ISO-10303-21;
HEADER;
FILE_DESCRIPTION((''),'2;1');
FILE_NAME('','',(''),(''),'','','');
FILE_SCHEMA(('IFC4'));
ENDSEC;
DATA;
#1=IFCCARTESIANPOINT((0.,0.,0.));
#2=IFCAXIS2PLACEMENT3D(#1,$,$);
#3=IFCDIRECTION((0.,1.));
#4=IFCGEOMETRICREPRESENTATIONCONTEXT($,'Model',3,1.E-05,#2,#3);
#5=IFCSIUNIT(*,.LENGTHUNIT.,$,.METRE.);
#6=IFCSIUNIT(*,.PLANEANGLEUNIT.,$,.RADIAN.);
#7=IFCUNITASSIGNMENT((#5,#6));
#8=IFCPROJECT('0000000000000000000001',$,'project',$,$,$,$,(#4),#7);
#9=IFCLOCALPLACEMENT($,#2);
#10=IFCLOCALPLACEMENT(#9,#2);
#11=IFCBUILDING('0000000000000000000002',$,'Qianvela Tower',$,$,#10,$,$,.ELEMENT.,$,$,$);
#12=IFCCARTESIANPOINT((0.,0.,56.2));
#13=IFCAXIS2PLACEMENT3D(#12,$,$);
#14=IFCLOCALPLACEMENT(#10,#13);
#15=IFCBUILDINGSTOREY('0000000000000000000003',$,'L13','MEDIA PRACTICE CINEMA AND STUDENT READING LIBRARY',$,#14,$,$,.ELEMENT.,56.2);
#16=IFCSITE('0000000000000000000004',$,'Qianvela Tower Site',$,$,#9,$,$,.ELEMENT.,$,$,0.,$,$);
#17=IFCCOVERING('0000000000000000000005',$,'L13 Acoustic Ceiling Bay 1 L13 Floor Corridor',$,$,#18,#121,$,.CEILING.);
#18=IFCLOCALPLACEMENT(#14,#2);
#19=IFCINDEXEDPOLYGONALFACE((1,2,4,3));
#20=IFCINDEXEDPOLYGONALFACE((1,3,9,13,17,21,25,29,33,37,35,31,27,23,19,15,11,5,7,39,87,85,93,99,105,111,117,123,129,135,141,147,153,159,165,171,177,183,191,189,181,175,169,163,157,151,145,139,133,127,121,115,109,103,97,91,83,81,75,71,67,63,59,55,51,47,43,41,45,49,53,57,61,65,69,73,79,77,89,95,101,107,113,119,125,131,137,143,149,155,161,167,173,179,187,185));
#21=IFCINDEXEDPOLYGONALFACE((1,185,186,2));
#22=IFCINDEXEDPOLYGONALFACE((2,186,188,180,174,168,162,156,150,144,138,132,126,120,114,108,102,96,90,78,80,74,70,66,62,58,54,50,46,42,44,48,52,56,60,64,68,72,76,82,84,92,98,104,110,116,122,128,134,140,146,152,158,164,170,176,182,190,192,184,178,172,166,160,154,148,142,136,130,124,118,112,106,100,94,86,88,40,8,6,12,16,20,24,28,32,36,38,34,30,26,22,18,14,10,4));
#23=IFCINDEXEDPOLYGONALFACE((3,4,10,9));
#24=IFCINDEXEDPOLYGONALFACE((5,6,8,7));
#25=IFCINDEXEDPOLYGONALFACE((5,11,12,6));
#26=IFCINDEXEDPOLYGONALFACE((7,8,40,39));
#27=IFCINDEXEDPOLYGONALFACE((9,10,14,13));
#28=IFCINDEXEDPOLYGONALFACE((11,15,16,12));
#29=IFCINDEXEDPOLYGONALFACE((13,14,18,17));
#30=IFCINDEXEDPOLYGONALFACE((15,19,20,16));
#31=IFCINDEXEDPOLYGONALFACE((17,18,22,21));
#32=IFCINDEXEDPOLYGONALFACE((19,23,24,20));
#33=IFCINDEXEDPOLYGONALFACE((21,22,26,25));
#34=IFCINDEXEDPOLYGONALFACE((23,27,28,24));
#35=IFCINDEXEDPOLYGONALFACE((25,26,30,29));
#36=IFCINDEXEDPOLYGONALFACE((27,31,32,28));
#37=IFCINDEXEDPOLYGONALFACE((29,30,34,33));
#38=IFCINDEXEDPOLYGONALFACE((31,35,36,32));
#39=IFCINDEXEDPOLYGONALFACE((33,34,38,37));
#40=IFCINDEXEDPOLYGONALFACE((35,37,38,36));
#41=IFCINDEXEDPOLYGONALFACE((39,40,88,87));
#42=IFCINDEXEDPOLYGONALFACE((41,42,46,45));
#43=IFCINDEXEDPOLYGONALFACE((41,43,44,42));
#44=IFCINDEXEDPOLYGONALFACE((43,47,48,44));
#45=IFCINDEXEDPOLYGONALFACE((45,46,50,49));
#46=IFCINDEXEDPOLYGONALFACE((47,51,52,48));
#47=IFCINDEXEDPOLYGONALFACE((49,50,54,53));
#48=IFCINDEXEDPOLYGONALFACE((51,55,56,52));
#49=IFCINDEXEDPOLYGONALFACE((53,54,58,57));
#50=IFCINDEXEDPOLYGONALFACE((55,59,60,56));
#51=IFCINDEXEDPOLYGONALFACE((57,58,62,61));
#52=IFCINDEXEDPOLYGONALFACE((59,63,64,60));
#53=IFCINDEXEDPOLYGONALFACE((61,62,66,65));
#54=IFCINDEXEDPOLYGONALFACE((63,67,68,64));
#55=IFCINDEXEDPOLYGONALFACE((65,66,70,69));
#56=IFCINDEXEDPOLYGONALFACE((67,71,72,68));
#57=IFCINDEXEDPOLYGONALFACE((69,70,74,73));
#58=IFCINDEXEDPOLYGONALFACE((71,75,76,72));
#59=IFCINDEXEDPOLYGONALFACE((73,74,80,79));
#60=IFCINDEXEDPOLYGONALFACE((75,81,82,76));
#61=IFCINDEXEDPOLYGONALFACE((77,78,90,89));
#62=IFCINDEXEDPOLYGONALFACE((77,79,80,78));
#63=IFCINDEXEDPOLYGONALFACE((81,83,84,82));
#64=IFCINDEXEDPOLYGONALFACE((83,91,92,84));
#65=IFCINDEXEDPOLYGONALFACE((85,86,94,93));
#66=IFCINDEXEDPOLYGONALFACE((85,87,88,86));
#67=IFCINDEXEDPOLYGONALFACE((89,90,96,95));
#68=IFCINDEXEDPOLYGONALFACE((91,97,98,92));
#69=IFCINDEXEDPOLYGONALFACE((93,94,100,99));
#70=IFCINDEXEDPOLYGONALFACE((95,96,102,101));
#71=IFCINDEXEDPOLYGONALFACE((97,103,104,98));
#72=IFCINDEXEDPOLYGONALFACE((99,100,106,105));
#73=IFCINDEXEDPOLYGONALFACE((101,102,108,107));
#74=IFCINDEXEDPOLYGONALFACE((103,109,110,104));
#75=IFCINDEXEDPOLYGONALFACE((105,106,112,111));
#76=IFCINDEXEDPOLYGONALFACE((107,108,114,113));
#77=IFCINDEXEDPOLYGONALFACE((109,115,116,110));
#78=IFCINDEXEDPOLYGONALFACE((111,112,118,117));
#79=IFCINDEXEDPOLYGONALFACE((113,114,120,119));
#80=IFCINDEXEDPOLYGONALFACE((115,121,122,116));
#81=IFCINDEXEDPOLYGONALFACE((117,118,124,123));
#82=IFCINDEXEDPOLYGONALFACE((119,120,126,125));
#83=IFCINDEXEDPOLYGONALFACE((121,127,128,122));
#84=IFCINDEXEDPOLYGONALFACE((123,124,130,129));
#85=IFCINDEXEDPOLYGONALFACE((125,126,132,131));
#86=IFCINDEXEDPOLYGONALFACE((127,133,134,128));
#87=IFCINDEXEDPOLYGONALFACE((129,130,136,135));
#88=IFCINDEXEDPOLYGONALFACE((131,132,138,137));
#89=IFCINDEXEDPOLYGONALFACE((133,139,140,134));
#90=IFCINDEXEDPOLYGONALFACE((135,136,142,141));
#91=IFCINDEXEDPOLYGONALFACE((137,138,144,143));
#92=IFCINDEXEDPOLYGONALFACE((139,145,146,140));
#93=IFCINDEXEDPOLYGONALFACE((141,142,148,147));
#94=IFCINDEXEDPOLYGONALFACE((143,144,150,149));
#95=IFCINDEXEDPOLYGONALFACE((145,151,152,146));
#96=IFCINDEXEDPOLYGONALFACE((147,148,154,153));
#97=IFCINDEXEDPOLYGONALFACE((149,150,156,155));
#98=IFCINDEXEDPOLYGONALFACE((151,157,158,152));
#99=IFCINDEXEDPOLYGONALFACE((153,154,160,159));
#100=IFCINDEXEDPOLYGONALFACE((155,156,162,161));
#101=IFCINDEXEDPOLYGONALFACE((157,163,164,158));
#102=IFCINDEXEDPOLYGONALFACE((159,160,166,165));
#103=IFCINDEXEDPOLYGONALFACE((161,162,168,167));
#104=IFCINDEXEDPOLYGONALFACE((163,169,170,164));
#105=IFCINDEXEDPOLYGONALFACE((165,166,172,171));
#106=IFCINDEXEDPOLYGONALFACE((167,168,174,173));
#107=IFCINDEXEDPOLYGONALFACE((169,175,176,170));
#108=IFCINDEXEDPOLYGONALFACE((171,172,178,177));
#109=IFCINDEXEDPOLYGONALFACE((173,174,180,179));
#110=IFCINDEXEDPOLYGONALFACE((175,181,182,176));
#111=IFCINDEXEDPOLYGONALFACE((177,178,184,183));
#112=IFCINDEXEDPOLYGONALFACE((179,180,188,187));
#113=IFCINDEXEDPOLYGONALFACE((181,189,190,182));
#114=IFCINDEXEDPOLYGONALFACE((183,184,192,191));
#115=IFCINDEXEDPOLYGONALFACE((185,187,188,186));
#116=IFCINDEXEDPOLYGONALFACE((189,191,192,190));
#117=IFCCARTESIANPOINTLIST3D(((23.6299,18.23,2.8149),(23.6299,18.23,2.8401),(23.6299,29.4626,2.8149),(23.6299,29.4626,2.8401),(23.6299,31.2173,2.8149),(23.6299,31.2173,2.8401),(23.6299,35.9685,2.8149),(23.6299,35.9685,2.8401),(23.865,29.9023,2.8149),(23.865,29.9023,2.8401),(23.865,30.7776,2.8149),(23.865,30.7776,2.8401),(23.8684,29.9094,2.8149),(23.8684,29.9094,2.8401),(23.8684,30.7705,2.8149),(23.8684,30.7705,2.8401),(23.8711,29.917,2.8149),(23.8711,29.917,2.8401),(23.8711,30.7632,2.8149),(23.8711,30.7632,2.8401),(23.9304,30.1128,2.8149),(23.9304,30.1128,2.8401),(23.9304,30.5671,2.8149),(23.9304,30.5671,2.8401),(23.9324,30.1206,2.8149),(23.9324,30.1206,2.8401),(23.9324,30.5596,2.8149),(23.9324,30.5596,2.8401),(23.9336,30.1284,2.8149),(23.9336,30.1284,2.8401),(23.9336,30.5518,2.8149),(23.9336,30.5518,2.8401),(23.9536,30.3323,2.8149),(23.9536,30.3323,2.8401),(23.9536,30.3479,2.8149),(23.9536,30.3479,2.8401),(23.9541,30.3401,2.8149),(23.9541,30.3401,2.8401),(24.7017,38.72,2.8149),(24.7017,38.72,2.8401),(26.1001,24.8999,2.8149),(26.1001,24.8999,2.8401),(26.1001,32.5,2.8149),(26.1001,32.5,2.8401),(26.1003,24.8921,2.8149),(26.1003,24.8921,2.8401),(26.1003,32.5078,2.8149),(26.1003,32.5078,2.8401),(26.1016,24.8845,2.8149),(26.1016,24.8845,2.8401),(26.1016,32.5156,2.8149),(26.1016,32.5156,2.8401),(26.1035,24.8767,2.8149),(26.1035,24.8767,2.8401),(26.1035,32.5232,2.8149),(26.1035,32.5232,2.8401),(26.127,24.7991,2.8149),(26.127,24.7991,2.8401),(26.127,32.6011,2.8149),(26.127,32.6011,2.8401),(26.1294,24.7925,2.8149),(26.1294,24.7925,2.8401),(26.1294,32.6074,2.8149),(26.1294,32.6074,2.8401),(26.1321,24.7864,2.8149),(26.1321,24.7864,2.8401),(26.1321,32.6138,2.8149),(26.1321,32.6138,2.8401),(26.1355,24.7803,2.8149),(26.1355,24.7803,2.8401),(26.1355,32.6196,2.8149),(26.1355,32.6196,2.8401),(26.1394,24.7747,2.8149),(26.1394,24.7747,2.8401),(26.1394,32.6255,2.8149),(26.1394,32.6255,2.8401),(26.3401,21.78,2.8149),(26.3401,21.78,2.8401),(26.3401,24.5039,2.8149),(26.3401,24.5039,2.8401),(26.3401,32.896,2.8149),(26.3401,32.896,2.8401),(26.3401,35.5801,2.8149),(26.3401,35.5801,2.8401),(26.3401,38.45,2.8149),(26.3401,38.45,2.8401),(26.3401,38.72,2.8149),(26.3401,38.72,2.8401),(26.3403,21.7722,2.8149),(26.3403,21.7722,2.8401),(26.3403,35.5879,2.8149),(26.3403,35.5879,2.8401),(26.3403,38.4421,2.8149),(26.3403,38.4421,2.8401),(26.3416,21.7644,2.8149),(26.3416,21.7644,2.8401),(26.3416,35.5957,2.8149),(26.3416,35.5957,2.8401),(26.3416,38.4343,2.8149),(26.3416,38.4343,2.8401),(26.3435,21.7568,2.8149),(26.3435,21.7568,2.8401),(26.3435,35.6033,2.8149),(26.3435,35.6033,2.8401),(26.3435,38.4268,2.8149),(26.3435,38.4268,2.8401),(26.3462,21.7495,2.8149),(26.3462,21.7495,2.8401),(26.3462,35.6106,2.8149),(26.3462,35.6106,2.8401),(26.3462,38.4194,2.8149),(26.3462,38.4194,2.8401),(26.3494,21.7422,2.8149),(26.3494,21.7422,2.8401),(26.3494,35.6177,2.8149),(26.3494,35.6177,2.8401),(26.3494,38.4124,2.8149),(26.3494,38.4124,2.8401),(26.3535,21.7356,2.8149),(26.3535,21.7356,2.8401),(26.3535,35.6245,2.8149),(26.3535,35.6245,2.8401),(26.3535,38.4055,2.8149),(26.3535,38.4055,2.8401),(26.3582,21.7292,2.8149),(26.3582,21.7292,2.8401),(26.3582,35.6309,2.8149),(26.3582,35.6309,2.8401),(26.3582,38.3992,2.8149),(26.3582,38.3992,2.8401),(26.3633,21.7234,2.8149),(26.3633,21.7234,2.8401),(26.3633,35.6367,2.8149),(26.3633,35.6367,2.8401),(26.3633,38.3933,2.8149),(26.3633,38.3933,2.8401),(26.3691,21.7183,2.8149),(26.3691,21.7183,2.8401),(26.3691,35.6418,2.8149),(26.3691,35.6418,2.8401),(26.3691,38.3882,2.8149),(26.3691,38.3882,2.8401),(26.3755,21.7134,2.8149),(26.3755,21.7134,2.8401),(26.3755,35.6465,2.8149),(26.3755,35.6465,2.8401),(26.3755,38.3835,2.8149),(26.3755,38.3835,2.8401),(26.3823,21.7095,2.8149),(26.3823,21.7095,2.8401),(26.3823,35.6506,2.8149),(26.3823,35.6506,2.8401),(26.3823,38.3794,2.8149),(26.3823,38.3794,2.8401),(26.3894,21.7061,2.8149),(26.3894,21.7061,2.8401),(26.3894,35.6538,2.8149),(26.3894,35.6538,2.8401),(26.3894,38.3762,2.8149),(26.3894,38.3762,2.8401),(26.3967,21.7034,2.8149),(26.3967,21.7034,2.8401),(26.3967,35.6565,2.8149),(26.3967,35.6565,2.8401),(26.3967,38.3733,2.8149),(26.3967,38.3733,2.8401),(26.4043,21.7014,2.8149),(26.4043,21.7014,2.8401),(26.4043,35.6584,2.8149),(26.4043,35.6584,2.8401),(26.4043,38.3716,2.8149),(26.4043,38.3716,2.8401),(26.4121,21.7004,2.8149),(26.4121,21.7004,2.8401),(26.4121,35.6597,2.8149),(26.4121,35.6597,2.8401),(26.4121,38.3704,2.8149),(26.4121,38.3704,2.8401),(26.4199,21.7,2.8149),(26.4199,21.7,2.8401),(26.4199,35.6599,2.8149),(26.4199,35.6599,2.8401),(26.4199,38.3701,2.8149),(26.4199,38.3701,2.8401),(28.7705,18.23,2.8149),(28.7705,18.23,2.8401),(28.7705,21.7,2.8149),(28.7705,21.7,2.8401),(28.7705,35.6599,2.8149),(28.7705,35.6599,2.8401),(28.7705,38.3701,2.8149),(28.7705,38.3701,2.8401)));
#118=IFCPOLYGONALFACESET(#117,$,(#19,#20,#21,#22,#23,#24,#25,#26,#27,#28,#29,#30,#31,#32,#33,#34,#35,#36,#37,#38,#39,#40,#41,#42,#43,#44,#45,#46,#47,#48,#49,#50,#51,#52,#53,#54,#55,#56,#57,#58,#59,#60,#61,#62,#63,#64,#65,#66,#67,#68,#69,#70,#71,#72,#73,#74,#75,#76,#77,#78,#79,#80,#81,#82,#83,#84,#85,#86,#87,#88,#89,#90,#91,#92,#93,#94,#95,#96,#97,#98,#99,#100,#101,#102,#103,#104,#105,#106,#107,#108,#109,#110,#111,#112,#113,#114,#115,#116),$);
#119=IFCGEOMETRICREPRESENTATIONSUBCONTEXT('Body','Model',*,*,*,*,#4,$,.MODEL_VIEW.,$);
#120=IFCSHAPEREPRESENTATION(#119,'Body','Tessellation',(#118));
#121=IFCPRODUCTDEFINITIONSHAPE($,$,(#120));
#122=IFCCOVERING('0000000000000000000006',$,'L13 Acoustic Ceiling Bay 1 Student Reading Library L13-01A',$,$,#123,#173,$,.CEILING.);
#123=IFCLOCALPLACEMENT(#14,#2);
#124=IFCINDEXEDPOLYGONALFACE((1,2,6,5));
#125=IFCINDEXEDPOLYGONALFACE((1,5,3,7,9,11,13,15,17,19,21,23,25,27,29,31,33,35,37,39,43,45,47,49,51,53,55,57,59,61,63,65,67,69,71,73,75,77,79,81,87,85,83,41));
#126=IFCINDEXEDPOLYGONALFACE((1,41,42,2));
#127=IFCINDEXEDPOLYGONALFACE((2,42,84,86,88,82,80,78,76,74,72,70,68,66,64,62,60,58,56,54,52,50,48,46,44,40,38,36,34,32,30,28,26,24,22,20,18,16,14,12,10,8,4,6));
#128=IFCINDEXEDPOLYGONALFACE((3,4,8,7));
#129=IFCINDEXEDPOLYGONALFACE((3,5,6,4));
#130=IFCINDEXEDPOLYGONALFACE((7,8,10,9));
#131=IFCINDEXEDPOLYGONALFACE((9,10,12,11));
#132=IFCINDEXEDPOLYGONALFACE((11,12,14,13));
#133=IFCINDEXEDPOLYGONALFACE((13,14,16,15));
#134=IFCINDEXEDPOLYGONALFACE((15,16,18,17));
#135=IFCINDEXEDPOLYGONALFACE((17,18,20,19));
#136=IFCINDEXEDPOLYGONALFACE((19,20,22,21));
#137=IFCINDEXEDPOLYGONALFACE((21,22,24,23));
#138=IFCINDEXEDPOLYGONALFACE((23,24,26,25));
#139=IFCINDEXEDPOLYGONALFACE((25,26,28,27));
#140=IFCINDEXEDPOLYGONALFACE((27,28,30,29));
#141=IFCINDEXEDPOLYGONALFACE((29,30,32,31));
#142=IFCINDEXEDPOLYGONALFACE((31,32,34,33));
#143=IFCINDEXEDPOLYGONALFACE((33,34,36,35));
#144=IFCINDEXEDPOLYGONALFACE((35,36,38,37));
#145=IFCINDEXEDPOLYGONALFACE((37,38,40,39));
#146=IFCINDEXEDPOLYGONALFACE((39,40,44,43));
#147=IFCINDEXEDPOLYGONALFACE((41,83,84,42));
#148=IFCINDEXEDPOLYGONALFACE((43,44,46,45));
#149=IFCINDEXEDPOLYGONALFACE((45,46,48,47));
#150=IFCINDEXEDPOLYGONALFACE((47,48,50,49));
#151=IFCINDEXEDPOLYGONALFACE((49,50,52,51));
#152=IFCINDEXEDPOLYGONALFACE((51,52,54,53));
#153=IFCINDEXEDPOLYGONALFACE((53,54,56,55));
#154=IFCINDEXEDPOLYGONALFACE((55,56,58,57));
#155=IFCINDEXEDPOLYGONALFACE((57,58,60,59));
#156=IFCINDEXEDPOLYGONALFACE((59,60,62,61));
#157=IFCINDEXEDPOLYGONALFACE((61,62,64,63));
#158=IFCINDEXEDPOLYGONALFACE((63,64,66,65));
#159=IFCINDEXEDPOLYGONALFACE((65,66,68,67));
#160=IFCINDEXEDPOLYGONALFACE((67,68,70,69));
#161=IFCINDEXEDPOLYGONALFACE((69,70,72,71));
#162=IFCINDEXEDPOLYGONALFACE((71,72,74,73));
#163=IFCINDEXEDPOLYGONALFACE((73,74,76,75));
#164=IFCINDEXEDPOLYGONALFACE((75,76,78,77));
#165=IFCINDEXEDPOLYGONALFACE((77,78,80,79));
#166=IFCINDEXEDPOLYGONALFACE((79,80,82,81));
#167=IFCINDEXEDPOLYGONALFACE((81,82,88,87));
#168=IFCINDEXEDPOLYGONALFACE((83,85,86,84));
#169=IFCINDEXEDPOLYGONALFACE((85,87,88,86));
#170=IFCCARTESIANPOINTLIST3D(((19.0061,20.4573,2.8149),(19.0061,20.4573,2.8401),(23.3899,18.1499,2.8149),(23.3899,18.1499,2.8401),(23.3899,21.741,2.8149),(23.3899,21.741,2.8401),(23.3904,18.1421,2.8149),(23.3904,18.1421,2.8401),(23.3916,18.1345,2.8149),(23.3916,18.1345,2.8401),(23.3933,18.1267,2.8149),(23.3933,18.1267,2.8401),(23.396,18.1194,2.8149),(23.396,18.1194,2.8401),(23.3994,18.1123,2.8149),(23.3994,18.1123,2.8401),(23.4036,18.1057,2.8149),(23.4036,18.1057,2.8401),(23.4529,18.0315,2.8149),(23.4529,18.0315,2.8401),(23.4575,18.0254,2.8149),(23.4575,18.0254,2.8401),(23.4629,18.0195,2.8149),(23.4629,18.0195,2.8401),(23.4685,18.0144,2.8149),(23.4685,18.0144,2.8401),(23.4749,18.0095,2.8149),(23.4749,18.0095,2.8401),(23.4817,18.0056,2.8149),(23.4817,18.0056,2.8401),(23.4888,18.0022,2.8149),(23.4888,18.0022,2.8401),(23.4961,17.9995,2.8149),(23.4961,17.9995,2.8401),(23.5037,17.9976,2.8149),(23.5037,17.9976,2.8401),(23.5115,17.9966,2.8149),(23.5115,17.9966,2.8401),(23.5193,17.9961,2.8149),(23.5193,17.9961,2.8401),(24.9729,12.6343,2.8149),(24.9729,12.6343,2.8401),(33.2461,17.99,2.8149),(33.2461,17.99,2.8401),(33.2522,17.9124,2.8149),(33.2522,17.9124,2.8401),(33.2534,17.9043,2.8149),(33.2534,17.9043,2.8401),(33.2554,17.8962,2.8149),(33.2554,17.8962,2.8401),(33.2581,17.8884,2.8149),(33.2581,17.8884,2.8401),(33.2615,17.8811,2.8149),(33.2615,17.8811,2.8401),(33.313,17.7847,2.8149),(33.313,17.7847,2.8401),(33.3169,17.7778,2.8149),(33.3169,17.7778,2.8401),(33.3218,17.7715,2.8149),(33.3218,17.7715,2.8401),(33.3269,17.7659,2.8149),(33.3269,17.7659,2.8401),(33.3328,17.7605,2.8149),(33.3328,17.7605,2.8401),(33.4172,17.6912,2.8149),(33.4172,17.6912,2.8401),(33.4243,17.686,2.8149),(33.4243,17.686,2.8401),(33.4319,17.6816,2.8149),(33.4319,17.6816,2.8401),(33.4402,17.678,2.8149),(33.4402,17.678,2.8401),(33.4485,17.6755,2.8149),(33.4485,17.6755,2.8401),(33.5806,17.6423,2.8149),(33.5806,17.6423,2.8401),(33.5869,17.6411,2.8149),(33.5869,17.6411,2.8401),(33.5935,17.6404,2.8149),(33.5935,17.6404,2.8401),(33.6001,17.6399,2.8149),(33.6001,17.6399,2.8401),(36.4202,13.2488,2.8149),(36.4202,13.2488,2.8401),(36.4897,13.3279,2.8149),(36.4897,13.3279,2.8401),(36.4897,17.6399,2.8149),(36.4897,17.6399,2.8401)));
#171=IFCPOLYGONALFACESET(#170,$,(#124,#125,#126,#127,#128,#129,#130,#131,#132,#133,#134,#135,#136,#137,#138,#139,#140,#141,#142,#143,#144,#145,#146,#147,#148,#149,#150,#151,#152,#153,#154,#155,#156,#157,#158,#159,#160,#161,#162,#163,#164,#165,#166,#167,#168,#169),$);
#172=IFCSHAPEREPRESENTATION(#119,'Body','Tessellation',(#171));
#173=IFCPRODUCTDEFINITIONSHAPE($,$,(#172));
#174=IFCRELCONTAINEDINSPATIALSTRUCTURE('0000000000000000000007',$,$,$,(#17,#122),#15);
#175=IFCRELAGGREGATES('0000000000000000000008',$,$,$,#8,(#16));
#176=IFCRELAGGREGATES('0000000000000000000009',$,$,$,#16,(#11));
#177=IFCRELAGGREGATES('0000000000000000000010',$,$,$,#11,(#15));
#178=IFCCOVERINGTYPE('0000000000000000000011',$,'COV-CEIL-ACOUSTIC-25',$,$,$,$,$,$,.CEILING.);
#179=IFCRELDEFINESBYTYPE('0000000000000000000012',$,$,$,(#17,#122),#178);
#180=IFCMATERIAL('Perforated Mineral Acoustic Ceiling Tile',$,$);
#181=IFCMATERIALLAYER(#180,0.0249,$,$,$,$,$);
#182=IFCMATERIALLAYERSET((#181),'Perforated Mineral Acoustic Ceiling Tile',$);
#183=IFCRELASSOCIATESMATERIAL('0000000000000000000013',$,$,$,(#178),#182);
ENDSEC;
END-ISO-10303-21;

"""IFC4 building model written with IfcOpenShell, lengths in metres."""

from ifc_helpers import new_model, si_unit, direction, frame, origin, place, context, subcontext, project, spatial, polyline, outline, extrude, material, layer, layer_set, type_object, element, save


model = new_model("IFC4")

# Units and contexts
model_context = context("Model", 3, precision=1e-05, world=origin(), true_north=direction((0.0, 1.0)))
body_context = subcontext(model_context, "Body", "Model", "MODEL_VIEW")
ifc_project = project(units=[si_unit("LENGTHUNIT", "METRE"), si_unit("PLANEANGLEUNIT", "RADIAN")], contexts=[model_context])

# Site, building, storey
site_placement = place(None, origin())
site = spatial("IfcSite", under=ifc_project, at=site_placement, Name="Qianvela Tower Site", CompositionType="ELEMENT", RefElevation=0.0)
building_placement = place(site_placement, origin())
building = spatial("IfcBuilding", under=site, at=building_placement, Name="Qianvela Tower", CompositionType="ELEMENT")
storey_placement = place(building_placement, frame((0.0, 0.0, 56.2)))
storey = spatial("IfcBuildingStorey", under=building, at=storey_placement, Name="L13", Description="MEDIA PRACTICE CINEMA AND STUDENT READING LIBRARY", CompositionType="ELEMENT", Elevation=56.2)

# Coverings
ifc_material_1 = material(Name="Perforated Mineral Acoustic Ceiling Tile")
ifc_layer_1 = layer(ifc_material_1, 0.0249)
ifc_layer_set_1 = layer_set([ifc_layer_1], Name="Perforated Mineral Acoustic Ceiling Tile")
covering_type_1 = type_object("IfcCoveringType", Name="COV-CEIL-ACOUSTIC-25", PredefinedType="CEILING", material=ifc_layer_set_1)
covering_1_placement = place(storey_placement, frame((0.0, 0.0, 2.8149)))
element("IfcCovering", 1, at=covering_1_placement, inside=storey, type_object=covering_type_1, Name="L13 Acoustic Ceiling Bay 1 L13 Floor Corridor", PredefinedType="CEILING", context=body_context, shape_type="SweptSolid", body=[
    extrude(outline(polyline([(23.8684, 30.7705), (23.865, 30.7776), (23.6299, 31.2173), (23.6299, 35.9685), (24.7017, 38.72), (26.3401, 38.72), (26.3401, 38.45), (26.3403, 38.4421), (26.3416, 38.4343), (26.3435, 38.4268), (26.3462, 38.4194), (26.3494, 38.4124), (26.3535, 38.4055), (26.3582, 38.3992), (26.3633, 38.3933), (26.3691, 38.3882), (26.3755, 38.3835), (26.3823, 38.3794), (26.3894, 38.3762), (26.3967, 38.3733), (26.4043, 38.3716), (26.4121, 38.3704), (26.4199, 38.3701), (28.7705, 38.3701), (28.7705, 35.6599), (26.4199, 35.6599), (26.4121, 35.6597), (26.4043, 35.6584), (26.3967, 35.6565), (26.3894, 35.6538), (26.3823, 35.6506), (26.3755, 35.6465), (26.3691, 35.6418), (26.3633, 35.6367), (26.3582, 35.6309), (26.3535, 35.6245), (26.3494, 35.6177), (26.3462, 35.6106), (26.3435, 35.6033), (26.3416, 35.5957), (26.3403, 35.5879), (26.3401, 35.5801), (26.3401, 32.896), (26.1394, 32.6255), (26.1355, 32.6196), (26.1321, 32.6138), (26.1294, 32.6074), (26.127, 32.6011), (26.1035, 32.5232), (26.1016, 32.5156), (26.1003, 32.5078), (26.1001, 32.5), (26.1001, 24.8999), (26.1003, 24.8921), (26.1016, 24.8845), (26.1035, 24.8767), (26.127, 24.7991), (26.1294, 24.7925), (26.1321, 24.7864), (26.1355, 24.7803), (26.1394, 24.7747), (26.3401, 24.5039), (26.3401, 21.78), (26.3403, 21.7722), (26.3416, 21.7644), (26.3435, 21.7568), (26.3462, 21.7495), (26.3494, 21.7422), (26.3535, 21.7356), (26.3582, 21.7292), (26.3633, 21.7234), (26.3691, 21.7183), (26.3755, 21.7134), (26.3823, 21.7095), (26.3894, 21.7061), (26.3967, 21.7034), (26.4043, 21.7014), (26.4121, 21.7004), (26.4199, 21.7), (28.7705, 21.7), (28.7705, 18.23), (23.6299, 18.23), (23.6299, 29.4626), (23.865, 29.9023), (23.8684, 29.9094), (23.8711, 29.917), (23.9304, 30.1128), (23.9324, 30.1206), (23.9336, 30.1284), (23.9536, 30.3323), (23.9541, 30.3401), (23.9536, 30.3479), (23.9336, 30.5518), (23.9324, 30.5596), (23.9304, 30.5671), (23.8711, 30.7632), (23.8684, 30.7705)])), origin(), (0.0, 0.0, 1.0), 0.0251),
])
covering_2_placement = place(storey_placement, frame((0.0, 0.0, 2.8149)))
element("IfcCovering", 2, at=covering_2_placement, inside=storey, type_object=covering_type_1, Name="L13 Acoustic Ceiling Bay 1 Student Reading Library L13-01A", PredefinedType="CEILING", context=body_context, shape_type="SweptSolid", body=[
    extrude(outline(polyline([(33.3169, 17.7778), (33.3218, 17.7715), (33.3269, 17.7659), (33.3328, 17.7605), (33.4172, 17.6912), (33.4243, 17.686), (33.4319, 17.6816), (33.4402, 17.678), (33.4485, 17.6755), (33.5806, 17.6423), (33.5869, 17.6411), (33.5935, 17.6404), (33.6001, 17.6399), (36.4897, 17.6399), (36.4897, 13.3279), (36.4202, 13.2488), (24.9729, 12.6343), (19.0061, 20.4573), (23.3899, 21.741), (23.3899, 18.1499), (23.3904, 18.1421), (23.3916, 18.1345), (23.3933, 18.1267), (23.396, 18.1194), (23.3994, 18.1123), (23.4036, 18.1057), (23.4529, 18.0315), (23.4575, 18.0254), (23.4629, 18.0195), (23.4685, 18.0144), (23.4749, 18.0095), (23.4817, 18.0056), (23.4888, 18.0022), (23.4961, 17.9995), (23.5037, 17.9976), (23.5115, 17.9966), (23.5193, 17.9961), (33.2461, 17.99), (33.2522, 17.9124), (33.2534, 17.9043), (33.2554, 17.8962), (33.2581, 17.8884), (33.2615, 17.8811), (33.313, 17.7847), (33.3169, 17.7778)])), origin(), (0.0, 0.0, 1.0), 0.0251),
])

save(model, "model.ifc")
